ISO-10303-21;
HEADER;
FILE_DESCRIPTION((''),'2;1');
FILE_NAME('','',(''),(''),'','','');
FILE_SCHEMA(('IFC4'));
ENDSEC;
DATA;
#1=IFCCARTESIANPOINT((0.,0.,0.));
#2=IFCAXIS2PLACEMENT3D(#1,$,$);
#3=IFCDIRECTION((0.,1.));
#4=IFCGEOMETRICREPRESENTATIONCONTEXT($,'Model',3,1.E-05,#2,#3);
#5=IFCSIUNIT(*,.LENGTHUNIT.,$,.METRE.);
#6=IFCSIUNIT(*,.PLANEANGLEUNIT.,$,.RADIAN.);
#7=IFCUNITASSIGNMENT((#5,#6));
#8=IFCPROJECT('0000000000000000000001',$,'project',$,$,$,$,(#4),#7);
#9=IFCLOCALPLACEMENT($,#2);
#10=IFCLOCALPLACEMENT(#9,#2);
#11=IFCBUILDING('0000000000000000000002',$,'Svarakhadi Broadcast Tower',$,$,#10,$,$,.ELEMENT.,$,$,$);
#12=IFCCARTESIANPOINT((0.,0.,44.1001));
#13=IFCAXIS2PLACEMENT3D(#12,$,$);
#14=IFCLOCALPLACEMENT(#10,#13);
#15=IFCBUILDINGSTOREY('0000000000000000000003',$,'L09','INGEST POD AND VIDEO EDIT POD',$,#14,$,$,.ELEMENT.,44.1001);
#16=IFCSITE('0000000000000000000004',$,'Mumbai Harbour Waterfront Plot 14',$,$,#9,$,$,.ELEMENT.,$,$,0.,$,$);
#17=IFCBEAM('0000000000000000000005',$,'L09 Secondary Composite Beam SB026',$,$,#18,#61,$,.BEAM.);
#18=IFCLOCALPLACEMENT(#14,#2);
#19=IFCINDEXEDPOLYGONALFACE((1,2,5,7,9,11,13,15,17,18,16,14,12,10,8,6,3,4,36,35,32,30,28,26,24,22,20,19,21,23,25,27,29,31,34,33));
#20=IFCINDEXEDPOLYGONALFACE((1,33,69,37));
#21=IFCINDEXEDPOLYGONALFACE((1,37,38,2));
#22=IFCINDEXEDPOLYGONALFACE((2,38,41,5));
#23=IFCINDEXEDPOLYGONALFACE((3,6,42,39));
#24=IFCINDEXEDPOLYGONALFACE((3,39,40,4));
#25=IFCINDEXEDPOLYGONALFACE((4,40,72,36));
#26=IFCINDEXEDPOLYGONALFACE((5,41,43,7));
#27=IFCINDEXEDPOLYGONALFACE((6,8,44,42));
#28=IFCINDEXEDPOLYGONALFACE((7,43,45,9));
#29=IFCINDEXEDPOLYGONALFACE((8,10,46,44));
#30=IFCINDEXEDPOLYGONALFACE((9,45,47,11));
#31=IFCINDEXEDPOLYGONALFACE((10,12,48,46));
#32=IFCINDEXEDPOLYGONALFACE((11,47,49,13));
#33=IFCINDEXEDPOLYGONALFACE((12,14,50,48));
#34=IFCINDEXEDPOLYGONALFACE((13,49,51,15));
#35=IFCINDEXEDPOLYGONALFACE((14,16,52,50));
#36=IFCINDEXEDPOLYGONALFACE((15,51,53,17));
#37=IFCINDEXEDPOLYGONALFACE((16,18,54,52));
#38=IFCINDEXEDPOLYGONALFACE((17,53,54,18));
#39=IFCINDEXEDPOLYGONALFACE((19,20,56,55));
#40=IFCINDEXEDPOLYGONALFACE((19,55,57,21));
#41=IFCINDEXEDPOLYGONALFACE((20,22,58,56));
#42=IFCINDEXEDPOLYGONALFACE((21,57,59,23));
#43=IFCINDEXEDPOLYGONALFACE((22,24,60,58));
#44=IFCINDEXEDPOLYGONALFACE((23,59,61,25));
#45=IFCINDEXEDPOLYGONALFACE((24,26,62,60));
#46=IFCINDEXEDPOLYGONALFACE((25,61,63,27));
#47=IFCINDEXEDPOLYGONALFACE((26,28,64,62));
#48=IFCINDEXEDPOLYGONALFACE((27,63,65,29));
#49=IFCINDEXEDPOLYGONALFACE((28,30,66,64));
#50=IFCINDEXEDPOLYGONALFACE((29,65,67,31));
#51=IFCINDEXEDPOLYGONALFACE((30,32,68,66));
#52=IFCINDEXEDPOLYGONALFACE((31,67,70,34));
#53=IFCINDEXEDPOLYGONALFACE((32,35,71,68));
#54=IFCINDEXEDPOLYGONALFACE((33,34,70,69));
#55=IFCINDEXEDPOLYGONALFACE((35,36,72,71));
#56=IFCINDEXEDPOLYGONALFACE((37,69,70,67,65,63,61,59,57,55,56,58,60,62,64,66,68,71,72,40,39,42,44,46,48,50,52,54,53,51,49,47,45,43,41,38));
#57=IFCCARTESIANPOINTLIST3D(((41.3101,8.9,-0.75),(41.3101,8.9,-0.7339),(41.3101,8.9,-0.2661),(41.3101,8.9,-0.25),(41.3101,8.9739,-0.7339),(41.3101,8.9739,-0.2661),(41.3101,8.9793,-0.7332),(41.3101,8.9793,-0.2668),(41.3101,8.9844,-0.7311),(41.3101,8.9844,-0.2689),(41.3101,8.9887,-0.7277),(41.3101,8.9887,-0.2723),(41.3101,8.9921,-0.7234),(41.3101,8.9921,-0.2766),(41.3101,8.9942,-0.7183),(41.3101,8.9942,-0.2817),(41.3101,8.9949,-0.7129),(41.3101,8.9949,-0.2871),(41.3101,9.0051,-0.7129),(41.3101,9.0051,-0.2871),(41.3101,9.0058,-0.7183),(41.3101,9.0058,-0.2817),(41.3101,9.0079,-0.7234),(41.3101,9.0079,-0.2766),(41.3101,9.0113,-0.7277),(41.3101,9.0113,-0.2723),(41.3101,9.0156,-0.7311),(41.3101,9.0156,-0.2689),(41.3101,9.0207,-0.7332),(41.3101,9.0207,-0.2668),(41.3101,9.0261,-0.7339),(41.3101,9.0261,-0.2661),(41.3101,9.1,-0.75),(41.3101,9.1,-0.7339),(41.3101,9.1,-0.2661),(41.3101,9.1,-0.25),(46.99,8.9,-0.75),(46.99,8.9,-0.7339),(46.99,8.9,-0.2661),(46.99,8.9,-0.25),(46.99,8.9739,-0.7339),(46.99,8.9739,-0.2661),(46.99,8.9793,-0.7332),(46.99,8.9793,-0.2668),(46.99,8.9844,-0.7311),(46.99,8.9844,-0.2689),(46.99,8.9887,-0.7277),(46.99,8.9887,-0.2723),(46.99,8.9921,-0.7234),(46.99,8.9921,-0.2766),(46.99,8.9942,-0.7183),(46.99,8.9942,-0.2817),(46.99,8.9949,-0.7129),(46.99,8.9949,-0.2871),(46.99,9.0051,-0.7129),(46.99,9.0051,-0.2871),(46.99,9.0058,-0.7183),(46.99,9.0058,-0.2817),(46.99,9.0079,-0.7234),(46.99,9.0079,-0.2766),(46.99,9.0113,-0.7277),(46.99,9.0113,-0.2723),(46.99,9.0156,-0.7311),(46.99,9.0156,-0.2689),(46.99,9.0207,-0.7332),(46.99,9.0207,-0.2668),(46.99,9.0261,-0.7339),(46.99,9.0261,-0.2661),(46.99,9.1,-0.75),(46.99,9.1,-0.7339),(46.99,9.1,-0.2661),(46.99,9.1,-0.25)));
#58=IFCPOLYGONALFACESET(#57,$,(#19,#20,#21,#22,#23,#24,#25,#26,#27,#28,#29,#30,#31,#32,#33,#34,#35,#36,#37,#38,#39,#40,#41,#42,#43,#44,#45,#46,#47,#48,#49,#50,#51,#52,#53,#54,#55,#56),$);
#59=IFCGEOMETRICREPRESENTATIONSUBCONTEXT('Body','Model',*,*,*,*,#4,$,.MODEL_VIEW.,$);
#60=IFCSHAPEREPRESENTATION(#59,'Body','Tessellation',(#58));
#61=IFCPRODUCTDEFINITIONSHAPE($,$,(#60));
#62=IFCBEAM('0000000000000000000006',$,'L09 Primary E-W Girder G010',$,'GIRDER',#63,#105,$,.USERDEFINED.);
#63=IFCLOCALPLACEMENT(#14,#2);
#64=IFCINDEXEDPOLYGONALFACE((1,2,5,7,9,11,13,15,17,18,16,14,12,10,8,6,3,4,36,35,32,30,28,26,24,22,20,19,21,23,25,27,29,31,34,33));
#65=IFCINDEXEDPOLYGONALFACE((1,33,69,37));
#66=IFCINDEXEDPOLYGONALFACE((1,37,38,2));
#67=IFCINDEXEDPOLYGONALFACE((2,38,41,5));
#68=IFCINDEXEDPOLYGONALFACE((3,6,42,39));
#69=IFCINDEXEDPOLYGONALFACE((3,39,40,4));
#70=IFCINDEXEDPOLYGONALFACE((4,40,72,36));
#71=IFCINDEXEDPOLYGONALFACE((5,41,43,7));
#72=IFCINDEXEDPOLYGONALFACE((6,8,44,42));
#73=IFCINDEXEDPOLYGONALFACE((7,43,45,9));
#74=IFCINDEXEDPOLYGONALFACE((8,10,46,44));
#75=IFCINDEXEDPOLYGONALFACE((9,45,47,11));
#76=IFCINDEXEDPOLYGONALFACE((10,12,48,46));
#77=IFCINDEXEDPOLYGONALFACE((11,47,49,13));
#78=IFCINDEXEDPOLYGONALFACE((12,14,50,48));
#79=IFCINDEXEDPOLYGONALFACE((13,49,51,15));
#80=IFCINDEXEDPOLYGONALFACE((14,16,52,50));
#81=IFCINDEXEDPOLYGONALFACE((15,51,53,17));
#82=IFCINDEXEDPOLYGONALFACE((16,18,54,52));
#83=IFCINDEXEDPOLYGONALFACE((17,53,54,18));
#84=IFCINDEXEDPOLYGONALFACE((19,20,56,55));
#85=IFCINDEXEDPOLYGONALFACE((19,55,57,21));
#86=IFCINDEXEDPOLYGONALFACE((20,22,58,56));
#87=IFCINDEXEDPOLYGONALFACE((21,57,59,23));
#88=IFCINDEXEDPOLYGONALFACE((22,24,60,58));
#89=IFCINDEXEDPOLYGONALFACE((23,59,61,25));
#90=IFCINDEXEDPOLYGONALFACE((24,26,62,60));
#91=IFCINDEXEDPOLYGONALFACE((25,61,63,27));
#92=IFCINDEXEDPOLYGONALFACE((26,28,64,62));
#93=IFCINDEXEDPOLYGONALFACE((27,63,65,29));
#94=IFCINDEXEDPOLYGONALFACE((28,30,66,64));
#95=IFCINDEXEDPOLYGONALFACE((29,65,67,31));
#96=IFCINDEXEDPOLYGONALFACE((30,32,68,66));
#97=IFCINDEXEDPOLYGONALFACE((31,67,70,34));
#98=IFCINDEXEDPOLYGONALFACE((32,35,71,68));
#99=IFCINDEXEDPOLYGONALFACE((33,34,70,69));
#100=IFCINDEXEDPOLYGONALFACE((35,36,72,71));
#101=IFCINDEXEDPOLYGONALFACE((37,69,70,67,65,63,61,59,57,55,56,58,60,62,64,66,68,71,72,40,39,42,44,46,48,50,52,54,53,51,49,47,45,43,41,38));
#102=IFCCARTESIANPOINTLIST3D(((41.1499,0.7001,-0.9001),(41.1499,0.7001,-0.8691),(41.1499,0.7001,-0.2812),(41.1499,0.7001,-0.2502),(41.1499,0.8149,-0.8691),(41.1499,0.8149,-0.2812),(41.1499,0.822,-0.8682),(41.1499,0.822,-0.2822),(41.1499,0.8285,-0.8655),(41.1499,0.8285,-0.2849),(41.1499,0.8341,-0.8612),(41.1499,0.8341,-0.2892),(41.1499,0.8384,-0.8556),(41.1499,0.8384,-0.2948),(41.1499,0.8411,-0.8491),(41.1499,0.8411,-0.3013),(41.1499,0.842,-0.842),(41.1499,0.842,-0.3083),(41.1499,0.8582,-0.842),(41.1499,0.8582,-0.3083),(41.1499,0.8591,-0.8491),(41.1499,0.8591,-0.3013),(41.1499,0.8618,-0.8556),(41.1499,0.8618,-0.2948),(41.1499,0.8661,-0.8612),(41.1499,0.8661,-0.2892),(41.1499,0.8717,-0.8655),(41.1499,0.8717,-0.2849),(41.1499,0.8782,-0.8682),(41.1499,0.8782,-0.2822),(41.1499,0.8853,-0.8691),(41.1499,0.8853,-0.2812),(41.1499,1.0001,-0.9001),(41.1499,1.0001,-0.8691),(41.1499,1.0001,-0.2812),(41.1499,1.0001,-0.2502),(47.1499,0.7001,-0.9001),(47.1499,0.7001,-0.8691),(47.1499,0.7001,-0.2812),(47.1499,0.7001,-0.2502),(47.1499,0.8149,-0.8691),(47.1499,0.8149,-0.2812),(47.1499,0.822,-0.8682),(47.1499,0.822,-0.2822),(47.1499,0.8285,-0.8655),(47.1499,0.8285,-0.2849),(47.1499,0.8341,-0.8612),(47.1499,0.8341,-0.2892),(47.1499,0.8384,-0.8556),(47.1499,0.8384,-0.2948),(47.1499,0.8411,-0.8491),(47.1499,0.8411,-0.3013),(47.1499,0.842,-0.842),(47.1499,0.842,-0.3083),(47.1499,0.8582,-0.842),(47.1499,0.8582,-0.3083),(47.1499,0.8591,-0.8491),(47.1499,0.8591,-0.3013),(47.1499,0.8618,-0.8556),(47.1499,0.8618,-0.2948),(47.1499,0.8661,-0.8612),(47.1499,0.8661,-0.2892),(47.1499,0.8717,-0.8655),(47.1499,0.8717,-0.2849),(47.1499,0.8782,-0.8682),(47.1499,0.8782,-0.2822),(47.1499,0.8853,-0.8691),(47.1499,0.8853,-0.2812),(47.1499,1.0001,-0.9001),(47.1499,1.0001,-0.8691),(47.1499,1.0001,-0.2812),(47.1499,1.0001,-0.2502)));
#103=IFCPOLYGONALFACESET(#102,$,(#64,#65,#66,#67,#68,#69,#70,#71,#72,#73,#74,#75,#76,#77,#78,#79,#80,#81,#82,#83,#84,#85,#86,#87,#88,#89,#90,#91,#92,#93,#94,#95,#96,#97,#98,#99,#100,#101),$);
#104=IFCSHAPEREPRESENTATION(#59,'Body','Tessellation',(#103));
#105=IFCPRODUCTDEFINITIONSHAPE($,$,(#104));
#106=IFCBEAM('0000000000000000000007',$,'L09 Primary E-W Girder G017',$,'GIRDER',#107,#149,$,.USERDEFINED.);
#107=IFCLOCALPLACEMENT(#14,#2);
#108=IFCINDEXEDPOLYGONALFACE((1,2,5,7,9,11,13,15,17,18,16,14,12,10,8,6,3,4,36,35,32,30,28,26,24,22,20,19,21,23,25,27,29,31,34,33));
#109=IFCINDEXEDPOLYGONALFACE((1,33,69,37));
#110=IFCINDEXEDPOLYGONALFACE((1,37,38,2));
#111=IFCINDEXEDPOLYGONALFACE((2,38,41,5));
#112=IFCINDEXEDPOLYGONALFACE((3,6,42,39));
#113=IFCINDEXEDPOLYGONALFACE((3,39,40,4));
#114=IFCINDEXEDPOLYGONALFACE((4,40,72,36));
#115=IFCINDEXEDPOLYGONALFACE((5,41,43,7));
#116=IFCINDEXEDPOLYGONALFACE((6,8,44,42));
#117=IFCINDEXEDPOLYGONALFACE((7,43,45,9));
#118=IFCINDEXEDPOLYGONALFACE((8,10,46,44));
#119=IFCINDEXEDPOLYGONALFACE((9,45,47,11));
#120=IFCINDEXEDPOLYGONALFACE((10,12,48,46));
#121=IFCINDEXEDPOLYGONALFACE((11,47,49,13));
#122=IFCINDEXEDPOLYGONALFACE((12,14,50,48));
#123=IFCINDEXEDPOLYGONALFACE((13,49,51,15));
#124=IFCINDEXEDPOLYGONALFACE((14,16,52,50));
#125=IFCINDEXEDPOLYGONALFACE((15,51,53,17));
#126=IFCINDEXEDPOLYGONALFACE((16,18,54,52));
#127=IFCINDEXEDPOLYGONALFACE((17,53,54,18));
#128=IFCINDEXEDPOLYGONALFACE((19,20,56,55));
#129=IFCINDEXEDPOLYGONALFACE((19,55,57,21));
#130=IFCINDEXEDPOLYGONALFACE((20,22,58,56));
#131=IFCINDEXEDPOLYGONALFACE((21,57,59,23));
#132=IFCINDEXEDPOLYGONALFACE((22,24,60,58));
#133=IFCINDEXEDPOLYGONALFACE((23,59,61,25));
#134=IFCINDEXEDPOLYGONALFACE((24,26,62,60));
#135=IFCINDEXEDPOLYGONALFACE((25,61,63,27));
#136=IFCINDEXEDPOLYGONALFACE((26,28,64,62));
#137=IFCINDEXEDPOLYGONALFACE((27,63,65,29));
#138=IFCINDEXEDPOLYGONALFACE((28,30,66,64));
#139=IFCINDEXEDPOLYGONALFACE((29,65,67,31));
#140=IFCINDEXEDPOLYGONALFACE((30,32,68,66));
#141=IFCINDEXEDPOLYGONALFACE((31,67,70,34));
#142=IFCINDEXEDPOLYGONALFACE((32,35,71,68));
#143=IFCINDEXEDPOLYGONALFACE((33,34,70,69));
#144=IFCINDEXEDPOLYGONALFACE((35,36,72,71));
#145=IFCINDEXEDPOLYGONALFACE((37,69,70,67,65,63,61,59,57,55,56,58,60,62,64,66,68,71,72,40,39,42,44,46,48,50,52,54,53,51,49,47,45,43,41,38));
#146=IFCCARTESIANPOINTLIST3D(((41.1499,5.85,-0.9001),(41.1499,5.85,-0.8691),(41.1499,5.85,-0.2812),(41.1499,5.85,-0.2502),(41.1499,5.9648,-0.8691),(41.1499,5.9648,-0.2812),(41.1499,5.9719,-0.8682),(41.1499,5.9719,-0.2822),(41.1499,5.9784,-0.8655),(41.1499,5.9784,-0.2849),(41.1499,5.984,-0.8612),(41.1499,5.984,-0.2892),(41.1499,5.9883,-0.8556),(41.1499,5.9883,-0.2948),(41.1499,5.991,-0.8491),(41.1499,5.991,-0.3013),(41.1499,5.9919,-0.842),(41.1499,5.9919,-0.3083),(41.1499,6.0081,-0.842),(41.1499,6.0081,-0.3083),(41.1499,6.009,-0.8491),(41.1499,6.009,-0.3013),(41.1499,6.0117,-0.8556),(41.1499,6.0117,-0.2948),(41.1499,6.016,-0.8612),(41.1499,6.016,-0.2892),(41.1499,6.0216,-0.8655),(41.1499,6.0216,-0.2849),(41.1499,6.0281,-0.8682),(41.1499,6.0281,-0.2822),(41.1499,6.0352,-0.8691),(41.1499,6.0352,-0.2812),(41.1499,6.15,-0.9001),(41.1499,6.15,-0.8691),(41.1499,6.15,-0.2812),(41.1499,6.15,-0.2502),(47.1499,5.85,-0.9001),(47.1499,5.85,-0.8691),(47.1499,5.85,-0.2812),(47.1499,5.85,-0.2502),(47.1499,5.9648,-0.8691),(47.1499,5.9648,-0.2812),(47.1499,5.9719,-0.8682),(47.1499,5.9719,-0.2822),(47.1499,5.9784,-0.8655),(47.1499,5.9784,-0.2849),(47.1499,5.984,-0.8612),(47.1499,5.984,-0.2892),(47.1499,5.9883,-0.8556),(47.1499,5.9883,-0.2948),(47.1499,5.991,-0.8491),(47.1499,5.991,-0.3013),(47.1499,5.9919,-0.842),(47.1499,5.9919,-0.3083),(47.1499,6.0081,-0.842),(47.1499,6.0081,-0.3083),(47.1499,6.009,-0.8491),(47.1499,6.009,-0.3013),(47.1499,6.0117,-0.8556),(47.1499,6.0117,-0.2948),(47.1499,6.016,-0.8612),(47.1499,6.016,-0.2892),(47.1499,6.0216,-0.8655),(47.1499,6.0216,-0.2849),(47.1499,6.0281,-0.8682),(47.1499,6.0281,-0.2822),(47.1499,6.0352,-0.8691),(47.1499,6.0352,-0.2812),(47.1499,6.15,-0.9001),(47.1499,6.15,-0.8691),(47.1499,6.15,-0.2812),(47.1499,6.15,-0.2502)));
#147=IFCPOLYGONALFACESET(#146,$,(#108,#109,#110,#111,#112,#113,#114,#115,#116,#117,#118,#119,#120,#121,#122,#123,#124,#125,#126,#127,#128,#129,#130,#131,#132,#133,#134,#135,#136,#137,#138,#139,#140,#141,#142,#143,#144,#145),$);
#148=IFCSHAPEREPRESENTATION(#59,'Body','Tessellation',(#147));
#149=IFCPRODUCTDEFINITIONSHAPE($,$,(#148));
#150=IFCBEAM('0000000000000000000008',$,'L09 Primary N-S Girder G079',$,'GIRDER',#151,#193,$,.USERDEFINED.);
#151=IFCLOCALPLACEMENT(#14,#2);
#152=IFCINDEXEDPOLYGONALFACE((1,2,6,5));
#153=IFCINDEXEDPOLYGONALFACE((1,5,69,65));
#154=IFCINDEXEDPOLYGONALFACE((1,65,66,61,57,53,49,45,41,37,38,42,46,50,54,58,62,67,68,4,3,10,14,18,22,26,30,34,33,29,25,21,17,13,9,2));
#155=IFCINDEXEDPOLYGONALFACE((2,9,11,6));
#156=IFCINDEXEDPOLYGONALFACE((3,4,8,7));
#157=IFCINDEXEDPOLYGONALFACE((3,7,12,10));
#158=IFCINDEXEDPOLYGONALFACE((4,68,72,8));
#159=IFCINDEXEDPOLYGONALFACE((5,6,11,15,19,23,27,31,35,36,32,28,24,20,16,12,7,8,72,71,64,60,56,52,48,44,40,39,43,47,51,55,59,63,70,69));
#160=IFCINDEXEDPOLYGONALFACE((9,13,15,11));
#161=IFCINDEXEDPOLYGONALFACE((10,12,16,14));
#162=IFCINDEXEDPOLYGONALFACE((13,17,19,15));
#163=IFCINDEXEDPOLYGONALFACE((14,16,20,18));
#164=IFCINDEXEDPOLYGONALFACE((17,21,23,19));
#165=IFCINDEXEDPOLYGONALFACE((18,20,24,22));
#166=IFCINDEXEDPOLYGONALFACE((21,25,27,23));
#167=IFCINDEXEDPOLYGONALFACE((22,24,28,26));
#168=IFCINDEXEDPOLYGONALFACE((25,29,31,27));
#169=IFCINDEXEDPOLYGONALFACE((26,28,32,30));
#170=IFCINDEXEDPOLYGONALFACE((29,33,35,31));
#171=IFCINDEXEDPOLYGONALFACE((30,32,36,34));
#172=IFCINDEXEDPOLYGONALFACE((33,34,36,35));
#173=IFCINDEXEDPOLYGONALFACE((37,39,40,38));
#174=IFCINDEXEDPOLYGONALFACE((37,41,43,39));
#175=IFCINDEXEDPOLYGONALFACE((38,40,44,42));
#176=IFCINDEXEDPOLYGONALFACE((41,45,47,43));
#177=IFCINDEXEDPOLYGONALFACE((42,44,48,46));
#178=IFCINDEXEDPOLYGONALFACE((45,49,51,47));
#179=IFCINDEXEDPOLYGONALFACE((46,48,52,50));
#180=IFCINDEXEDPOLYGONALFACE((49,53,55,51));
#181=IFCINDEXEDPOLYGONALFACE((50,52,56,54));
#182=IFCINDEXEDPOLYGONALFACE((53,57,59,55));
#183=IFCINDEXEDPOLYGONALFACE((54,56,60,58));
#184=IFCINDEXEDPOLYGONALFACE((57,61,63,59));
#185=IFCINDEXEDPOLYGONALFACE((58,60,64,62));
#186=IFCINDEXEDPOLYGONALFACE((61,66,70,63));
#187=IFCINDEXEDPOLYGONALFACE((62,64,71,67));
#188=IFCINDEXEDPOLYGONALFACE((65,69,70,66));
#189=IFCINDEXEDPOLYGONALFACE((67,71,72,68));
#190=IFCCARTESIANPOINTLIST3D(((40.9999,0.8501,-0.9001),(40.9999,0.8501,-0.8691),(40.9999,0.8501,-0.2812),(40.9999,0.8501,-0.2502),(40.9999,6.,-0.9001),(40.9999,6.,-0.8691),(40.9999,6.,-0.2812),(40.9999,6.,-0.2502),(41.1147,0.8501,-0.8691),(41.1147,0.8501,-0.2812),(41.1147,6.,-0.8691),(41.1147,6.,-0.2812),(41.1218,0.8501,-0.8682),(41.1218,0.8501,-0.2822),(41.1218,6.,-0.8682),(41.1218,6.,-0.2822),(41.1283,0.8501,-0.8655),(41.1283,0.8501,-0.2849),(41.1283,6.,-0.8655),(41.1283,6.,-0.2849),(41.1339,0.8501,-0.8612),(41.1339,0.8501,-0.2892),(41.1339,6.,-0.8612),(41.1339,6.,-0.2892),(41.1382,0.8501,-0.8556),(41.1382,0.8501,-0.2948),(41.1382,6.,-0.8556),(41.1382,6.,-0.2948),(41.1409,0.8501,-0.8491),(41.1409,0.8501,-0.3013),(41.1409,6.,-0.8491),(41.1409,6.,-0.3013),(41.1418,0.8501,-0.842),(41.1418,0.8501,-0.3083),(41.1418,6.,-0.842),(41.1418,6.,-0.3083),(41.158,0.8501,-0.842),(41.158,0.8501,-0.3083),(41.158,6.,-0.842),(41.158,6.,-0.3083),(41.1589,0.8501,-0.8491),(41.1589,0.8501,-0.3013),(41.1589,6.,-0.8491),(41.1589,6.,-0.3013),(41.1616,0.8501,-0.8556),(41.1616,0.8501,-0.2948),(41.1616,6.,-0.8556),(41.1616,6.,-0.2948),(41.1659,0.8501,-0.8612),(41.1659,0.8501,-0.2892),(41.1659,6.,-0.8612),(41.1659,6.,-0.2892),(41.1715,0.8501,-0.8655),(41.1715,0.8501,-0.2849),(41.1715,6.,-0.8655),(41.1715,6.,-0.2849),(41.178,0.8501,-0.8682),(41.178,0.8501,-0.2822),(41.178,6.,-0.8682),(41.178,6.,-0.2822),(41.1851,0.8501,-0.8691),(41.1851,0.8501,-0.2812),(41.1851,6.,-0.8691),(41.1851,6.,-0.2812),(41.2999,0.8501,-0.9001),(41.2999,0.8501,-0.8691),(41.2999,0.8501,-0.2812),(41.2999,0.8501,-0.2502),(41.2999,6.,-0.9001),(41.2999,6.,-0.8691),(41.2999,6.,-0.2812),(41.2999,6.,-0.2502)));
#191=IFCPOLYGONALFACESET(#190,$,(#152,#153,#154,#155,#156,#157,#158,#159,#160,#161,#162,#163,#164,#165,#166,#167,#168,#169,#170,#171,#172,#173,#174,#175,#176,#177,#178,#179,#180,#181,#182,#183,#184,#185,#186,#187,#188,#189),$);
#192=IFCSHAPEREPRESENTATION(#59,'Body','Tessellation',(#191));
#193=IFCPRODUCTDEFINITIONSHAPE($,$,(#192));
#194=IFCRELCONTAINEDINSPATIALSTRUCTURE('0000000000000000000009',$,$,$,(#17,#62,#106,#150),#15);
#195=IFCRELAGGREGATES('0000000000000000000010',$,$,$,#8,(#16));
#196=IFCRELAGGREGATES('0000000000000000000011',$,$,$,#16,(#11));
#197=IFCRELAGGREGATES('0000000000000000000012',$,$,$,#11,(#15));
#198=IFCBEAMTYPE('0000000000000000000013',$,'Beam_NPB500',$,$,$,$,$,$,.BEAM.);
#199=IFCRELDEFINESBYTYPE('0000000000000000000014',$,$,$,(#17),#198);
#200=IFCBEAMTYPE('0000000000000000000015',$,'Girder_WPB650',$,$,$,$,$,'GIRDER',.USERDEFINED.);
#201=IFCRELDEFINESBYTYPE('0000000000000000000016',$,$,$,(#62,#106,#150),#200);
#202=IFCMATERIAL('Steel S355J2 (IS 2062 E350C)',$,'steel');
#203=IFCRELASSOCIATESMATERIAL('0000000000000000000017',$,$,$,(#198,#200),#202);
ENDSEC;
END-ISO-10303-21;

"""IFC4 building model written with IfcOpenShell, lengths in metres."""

from ifc_helpers import new_model, si_unit, direction, frame, origin, origin_2d, place, context, subcontext, project, spatial, i_section, extrude, material, material_profile, profile_set, type_object, element, save


model = new_model("IFC4")

# Units and contexts
model_context = context("Model", 3, precision=1e-05, world=origin(), true_north=direction((0.0, 1.0)))
body_context = subcontext(model_context, "Body", "Model", "MODEL_VIEW")
ifc_project = project(units=[si_unit("LENGTHUNIT", "METRE"), si_unit("PLANEANGLEUNIT", "RADIAN")], contexts=[model_context])

# Site, building, storey
site_placement = place(None, origin())
site = spatial("IfcSite", under=ifc_project, at=site_placement, Name="Mumbai Harbour Waterfront Plot 14", CompositionType="ELEMENT", RefElevation=0.0)
building_placement = place(site_placement, origin())
building = spatial("IfcBuilding", under=site, at=building_placement, Name="Svarakhadi Broadcast Tower", CompositionType="ELEMENT")
storey_placement = place(building_placement, frame((0.0, 0.0, 44.1001)))
storey = spatial("IfcBuildingStorey", under=building, at=storey_placement, Name="L09", Description="INGEST POD AND VIDEO EDIT POD", CompositionType="ELEMENT", Elevation=44.1001)

# Beams
ifc_material_1 = material(Name="Steel S355J2 (IS 2062 E350C)", Category="steel")
ifc_material_profile_1 = material_profile(ifc_material_1, i_section(OverallWidth=0.2, OverallDepth=0.5, WebThickness=0.0103, FlangeThickness=0.0161, FilletRadius=0.021, at=origin_2d()), Name="NPB 500x200x91")
ifc_profile_set_1 = profile_set([ifc_material_profile_1], Name="Steel S355J2 (IS 2062 E350C)")
beam_type_1 = type_object("IfcBeamType", Name="Beam_NPB500", PredefinedType="BEAM", material=ifc_profile_set_1)
for number, where, z_axis, x_axis, name in (
    (1, (41.3101, 9.0, -0.5), (1.0, 0.0, 0.0), (0.0, 1.0, 0.0), "L09 Secondary Composite Beam SB026"),
):
    element("IfcBeam", number, at=place(storey_placement, frame(where, z_axis=z_axis, x_axis=x_axis)), inside=storey, type_object=beam_type_1, Name=name, PredefinedType="BEAM", context=body_context, shape_type="SweptSolid", body=[
        extrude(i_section(OverallWidth=0.2, OverallDepth=0.5, WebThickness=0.0103, FlangeThickness=0.0161, FilletRadius=0.021, at=origin_2d()), origin(), (0.0, 0.0, 1.0), 5.6799),
    ])
ifc_material_profile_2 = material_profile(ifc_material_1, i_section(OverallWidth=0.3, OverallDepth=0.6499, WebThickness=0.0161, FlangeThickness=0.031, FilletRadius=0.0271, at=origin_2d()), Name="WPB 650x300x225")
ifc_profile_set_2 = profile_set([ifc_material_profile_2], Name="Steel S355J2 (IS 2062 E350C)")
beam_type_2 = type_object("IfcBeamType", Name="Girder_WPB650", ElementType="GIRDER", PredefinedType="USERDEFINED", material=ifc_profile_set_2)
for number, where, z_axis, x_axis, name in (
    (2, (41.1499, 0.8501, -0.5752), (1.0, 0.0, 0.0), (0.0, 1.0, 0.0), "L09 Primary E-W Girder G010"),
    (3, (41.1499, 6.0, -0.5752), (1.0, 0.0, 0.0), (0.0, 1.0, 0.0), "L09 Primary E-W Girder G017"),
):
    element("IfcBeam", number, at=place(storey_placement, frame(where, z_axis=z_axis, x_axis=x_axis)), inside=storey, type_object=beam_type_2, Name=name, ObjectType="GIRDER", PredefinedType="USERDEFINED", context=body_context, shape_type="SweptSolid", body=[
        extrude(i_section(OverallWidth=0.3, OverallDepth=0.6499, WebThickness=0.0161, FlangeThickness=0.031, FilletRadius=0.0271, at=origin_2d()), origin(), (0.0, 0.0, 1.0), 6.0),
    ])
beam_1_placement = place(storey_placement, frame((41.1499, 0.8501, -0.5752), z_axis=(0.0, 1.0, 0.0), x_axis=(-1.0, 0.0, 0.0)))
element("IfcBeam", 4, at=beam_1_placement, inside=storey, type_object=beam_type_2, Name="L09 Primary N-S Girder G079", ObjectType="GIRDER", PredefinedType="USERDEFINED", context=body_context, shape_type="SweptSolid", body=[
    extrude(i_section(OverallWidth=0.3, OverallDepth=0.6499, WebThickness=0.0161, FlangeThickness=0.031, FilletRadius=0.0271, at=origin_2d()), origin(), (0.0, 0.0, 1.0), 5.1499),
])

save(model, "model.ifc")
